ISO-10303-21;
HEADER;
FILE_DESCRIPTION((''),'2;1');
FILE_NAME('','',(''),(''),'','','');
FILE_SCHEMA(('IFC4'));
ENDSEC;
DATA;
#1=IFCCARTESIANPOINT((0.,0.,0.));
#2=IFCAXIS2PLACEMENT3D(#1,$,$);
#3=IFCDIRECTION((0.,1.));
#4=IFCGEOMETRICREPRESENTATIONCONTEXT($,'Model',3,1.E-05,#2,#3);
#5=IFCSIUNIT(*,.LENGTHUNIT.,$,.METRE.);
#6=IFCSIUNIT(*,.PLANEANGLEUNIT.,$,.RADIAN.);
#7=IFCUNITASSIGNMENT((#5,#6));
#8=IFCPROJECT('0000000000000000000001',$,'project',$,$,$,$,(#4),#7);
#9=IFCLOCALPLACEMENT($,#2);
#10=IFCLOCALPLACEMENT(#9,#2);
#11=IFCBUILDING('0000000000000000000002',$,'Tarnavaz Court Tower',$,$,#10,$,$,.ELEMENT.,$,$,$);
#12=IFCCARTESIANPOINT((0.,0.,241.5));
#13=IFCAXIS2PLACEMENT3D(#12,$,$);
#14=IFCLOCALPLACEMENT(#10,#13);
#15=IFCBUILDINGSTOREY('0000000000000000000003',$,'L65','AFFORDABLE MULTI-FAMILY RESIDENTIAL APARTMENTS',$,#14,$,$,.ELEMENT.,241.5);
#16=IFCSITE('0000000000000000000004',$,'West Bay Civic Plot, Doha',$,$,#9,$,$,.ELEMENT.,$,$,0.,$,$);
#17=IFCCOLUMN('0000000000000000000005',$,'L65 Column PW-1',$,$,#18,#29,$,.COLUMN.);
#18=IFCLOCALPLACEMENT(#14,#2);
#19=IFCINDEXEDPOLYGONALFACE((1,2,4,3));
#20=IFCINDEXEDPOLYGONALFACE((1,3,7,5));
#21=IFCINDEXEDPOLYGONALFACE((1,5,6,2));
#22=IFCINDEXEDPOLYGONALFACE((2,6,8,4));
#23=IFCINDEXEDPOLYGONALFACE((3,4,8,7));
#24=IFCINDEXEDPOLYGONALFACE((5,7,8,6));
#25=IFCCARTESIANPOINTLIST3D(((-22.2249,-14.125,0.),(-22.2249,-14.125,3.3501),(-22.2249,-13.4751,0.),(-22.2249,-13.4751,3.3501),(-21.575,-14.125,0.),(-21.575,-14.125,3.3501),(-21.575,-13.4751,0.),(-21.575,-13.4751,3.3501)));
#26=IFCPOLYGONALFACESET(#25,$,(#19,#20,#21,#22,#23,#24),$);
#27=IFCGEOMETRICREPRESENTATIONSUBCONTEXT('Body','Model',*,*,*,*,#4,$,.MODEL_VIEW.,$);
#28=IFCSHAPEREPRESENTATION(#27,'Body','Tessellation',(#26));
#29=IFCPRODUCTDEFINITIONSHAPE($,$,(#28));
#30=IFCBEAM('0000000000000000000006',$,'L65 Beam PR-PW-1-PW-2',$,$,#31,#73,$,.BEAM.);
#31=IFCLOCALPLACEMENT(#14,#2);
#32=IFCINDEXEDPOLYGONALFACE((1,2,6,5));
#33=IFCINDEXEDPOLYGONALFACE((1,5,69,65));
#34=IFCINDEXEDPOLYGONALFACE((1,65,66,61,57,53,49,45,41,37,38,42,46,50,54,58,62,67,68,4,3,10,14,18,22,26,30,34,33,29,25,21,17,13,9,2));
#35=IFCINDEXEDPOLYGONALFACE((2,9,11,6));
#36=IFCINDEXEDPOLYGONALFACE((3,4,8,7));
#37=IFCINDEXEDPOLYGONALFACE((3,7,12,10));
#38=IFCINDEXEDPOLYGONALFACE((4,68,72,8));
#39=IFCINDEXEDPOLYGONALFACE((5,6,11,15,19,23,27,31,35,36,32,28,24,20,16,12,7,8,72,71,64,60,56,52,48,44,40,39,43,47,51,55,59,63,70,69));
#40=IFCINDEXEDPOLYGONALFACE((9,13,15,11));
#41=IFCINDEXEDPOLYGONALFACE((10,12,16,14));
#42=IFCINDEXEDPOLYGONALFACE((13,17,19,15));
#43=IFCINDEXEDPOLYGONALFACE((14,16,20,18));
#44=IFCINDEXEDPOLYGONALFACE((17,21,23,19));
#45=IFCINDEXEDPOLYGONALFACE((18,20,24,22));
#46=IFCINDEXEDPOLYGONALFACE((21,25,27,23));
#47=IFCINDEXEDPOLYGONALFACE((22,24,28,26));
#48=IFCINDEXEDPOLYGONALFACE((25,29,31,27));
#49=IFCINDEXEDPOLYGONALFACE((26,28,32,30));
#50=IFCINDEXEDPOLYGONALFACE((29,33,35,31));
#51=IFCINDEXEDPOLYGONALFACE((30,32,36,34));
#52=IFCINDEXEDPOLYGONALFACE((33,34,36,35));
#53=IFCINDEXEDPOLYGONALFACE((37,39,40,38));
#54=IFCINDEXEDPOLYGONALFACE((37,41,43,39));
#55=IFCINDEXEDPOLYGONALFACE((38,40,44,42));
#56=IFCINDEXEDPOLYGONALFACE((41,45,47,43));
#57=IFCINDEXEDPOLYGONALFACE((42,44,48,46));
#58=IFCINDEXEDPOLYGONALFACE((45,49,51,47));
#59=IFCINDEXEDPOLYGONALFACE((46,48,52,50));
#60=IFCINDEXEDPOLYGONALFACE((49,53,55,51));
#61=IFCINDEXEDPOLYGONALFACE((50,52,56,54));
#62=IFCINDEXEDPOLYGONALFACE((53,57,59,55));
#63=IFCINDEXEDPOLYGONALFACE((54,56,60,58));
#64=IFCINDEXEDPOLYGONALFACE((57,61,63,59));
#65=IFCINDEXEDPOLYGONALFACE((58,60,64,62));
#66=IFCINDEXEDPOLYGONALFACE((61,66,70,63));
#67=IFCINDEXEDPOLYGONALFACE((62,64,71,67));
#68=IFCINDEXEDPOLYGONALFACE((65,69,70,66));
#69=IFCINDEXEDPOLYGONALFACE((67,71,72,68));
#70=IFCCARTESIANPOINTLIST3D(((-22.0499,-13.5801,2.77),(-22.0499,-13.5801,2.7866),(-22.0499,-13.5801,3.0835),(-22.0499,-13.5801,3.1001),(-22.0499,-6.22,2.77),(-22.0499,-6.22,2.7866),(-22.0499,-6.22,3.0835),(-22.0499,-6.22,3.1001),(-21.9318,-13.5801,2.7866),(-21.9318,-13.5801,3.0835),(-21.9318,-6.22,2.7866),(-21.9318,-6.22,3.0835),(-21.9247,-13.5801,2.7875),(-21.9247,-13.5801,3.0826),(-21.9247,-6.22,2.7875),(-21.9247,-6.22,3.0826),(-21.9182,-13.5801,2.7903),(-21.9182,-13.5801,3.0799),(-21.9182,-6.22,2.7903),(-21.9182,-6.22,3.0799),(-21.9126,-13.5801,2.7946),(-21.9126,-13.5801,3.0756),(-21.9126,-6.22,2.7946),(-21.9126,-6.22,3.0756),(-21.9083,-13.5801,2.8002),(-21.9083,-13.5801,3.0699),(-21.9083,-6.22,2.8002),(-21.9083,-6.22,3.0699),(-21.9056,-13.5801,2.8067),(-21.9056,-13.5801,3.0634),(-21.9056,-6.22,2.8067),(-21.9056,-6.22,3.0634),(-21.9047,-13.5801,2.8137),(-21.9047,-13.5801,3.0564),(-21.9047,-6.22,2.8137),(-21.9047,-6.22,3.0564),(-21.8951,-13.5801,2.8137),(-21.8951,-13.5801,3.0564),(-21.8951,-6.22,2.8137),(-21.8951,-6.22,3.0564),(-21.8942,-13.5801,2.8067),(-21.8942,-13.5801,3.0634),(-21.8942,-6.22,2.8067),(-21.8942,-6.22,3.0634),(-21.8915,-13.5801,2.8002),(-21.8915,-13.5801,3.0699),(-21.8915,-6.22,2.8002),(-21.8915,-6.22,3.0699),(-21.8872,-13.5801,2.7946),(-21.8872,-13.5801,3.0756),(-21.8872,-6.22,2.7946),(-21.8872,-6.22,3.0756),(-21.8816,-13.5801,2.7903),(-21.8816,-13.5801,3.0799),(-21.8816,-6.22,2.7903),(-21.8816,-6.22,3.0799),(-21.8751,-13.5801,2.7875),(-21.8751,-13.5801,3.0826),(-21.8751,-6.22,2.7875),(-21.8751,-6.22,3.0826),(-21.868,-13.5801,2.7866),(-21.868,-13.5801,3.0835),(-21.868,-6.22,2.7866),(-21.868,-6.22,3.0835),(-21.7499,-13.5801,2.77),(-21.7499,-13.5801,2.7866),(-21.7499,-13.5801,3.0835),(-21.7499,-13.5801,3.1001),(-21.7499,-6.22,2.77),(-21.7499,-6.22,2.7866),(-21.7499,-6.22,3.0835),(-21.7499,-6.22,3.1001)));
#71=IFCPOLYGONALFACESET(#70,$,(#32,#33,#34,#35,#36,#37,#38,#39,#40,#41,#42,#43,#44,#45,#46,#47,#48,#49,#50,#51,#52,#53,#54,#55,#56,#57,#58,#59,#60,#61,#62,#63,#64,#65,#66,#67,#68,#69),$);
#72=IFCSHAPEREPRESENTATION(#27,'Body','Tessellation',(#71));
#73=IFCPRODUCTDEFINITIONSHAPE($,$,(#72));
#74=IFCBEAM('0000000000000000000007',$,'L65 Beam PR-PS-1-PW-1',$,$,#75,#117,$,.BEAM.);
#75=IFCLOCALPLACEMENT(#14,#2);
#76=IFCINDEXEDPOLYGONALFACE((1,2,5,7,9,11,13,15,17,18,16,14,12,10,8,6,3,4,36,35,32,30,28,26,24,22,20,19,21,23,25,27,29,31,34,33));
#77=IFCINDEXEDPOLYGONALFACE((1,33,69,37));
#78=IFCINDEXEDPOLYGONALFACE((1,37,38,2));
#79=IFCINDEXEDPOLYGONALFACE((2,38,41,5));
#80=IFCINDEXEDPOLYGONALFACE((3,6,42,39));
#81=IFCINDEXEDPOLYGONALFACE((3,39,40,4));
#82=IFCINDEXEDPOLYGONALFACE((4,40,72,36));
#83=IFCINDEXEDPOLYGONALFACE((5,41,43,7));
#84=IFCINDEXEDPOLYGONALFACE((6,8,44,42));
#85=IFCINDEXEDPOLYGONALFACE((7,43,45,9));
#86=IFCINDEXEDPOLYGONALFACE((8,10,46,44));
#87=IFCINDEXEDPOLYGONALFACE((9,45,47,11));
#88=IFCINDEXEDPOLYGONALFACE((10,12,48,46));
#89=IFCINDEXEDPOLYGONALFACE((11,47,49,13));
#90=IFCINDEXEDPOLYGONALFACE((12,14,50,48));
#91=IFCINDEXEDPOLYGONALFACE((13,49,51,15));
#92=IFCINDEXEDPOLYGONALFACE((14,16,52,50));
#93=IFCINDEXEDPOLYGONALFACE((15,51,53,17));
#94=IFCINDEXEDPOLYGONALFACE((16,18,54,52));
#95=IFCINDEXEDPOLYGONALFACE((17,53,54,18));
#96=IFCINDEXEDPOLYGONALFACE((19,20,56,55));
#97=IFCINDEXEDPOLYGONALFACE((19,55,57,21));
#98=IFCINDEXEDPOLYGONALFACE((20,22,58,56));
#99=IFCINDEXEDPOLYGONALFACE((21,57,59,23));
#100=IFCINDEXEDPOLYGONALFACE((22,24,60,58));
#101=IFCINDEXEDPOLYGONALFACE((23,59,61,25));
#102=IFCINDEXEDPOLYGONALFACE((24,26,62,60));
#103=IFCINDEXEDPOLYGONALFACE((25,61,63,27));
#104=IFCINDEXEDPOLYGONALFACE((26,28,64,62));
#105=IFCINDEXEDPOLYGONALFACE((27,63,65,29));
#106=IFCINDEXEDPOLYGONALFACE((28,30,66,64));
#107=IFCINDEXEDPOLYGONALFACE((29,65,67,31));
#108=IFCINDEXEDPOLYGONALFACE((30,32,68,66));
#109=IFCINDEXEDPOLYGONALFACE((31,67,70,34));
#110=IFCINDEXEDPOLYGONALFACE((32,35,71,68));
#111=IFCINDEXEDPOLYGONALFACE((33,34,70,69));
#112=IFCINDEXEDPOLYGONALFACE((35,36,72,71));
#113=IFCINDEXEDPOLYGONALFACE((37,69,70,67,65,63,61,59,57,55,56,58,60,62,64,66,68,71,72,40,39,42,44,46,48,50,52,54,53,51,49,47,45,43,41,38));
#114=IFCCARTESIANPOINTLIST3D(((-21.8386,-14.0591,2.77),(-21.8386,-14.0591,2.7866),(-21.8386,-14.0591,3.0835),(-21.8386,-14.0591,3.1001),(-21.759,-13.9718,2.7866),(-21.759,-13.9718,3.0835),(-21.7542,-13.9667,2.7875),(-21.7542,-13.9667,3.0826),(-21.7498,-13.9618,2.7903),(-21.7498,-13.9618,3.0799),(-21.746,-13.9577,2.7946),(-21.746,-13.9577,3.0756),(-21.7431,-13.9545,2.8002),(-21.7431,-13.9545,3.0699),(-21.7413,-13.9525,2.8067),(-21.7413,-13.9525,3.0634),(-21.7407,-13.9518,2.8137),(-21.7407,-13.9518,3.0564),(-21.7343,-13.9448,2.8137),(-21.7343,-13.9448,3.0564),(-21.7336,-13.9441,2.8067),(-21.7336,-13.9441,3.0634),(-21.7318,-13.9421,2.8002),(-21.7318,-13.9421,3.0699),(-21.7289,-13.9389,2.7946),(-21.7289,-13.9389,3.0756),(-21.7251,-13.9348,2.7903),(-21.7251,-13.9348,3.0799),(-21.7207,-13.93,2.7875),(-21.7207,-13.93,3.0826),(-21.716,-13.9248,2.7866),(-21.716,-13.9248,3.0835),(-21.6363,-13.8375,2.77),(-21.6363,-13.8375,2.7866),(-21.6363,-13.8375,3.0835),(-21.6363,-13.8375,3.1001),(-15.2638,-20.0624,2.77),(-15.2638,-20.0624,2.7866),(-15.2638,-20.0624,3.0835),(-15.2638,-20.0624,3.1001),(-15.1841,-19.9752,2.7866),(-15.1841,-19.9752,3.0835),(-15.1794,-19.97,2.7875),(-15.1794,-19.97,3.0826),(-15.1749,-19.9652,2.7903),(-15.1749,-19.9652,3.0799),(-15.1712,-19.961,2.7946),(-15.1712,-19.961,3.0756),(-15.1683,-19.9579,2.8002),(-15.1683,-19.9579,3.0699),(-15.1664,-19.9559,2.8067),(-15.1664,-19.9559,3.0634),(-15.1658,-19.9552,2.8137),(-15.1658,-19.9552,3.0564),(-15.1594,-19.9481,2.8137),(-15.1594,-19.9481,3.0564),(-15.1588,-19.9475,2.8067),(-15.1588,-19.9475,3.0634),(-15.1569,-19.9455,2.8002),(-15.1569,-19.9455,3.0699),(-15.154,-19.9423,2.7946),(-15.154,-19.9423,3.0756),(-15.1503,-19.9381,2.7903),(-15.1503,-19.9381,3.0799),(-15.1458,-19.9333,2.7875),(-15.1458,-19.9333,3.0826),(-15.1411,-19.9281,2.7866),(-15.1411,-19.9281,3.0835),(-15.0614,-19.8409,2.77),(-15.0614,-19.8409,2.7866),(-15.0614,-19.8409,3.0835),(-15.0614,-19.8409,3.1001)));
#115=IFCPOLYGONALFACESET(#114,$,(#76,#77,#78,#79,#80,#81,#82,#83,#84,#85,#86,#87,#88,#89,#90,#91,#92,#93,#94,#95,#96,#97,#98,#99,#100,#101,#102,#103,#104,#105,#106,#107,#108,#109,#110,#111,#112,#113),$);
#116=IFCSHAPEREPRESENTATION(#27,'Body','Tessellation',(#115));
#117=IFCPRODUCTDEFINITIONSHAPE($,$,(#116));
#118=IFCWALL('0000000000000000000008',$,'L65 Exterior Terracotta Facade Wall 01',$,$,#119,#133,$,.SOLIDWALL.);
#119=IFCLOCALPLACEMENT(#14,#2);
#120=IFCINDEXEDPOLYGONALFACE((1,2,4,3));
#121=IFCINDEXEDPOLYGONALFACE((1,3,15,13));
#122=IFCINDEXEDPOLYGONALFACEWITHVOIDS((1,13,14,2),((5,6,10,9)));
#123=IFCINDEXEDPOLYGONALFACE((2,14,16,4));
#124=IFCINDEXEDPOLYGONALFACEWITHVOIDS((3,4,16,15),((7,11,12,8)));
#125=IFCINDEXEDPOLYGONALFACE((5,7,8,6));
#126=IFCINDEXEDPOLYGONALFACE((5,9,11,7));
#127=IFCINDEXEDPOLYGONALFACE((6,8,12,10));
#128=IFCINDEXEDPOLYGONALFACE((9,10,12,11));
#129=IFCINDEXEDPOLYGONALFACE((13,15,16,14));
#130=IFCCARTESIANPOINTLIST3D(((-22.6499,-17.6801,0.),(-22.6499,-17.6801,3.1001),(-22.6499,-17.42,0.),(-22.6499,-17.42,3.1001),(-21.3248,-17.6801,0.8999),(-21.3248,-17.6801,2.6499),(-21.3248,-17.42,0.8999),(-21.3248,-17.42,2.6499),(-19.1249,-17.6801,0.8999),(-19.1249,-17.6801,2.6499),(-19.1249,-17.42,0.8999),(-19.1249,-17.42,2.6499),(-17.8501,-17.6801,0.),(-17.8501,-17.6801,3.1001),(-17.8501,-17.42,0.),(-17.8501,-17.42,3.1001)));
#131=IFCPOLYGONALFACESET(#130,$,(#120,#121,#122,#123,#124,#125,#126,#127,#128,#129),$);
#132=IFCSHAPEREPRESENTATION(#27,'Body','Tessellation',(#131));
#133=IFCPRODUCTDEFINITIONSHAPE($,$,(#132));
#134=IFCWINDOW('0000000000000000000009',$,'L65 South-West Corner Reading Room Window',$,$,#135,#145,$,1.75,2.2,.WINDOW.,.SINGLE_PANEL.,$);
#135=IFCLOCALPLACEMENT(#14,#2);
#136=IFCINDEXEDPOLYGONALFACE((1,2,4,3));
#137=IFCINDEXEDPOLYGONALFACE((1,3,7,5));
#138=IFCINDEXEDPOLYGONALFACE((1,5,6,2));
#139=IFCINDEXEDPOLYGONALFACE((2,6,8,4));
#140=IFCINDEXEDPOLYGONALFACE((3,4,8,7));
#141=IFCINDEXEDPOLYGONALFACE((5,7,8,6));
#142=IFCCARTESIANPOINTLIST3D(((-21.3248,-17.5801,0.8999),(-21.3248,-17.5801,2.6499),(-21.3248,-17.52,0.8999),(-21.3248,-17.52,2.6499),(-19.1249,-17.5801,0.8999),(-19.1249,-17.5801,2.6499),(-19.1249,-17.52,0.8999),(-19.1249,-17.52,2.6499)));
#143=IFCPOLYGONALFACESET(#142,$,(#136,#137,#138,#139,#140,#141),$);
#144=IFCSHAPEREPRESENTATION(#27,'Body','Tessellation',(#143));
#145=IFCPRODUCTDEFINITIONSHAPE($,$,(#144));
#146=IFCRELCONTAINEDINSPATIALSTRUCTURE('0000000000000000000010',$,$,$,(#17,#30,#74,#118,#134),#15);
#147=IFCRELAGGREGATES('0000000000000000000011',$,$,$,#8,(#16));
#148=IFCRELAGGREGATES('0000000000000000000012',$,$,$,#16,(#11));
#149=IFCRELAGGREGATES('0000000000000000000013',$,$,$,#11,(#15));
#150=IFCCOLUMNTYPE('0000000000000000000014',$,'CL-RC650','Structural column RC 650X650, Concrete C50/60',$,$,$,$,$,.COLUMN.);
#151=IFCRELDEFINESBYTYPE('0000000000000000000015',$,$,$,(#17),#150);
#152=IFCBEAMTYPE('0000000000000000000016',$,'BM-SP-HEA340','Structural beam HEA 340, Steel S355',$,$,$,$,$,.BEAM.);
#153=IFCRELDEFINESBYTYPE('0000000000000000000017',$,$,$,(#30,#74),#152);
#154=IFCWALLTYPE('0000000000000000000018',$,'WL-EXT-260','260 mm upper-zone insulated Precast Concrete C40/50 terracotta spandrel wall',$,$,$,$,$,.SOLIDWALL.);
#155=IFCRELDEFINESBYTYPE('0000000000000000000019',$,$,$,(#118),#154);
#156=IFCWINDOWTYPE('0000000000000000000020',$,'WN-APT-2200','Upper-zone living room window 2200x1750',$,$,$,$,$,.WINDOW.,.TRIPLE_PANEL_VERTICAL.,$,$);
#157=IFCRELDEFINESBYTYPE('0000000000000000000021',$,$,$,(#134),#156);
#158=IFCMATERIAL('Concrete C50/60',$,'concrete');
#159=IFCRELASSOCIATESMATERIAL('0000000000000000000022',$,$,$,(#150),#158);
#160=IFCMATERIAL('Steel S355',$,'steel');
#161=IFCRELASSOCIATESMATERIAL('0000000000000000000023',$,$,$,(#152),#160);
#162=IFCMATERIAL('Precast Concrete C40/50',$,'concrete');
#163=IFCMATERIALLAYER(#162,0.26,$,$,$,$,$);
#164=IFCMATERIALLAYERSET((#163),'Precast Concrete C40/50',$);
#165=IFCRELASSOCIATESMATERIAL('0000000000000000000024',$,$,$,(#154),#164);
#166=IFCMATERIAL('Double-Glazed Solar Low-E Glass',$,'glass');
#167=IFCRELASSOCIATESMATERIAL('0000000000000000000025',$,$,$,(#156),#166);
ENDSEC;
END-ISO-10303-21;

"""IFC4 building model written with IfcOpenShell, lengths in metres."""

from ifc_helpers import new_model, si_unit, direction, frame, frame_2d, origin, origin_2d, place, context, subcontext, project, spatial, rectangle, i_section, extrude, material, layer, layer_set, material_profile, profile_set, type_object, element, fill, save


model = new_model("IFC4")

# Units and contexts
model_context = context("Model", 3, precision=1e-05, world=origin(), true_north=direction((0.0, 1.0)))
body_context = subcontext(model_context, "Body", "Model", "MODEL_VIEW")
ifc_project = project(units=[si_unit("LENGTHUNIT", "METRE"), si_unit("PLANEANGLEUNIT", "RADIAN")], contexts=[model_context])

# Site, building, storey
site_placement = place(None, origin())
site = spatial("IfcSite", under=ifc_project, at=site_placement, Name="West Bay Civic Plot, Doha", CompositionType="ELEMENT", RefElevation=0.0)
building_placement = place(site_placement, origin())
building = spatial("IfcBuilding", under=site, at=building_placement, Name="Tarnavaz Court Tower", CompositionType="ELEMENT")
storey_placement = place(building_placement, frame((0.0, 0.0, 241.5)))
storey = spatial("IfcBuildingStorey", under=building, at=storey_placement, Name="L65", Description="AFFORDABLE MULTI-FAMILY RESIDENTIAL APARTMENTS", CompositionType="ELEMENT", Elevation=241.5)

# Column
ifc_material_1 = material(Name="Concrete C50/60", Category="concrete")
ifc_material_profile_1 = material_profile(ifc_material_1, rectangle(XDim=0.6499, YDim=0.6499, at=origin_2d()), Name="RC 650X650")
ifc_profile_set_1 = profile_set([ifc_material_profile_1], Name="Concrete C50/60")
column_type = type_object("IfcColumnType", Name="CL-RC650", Description="Structural column RC 650X650, Concrete C50/60", PredefinedType="COLUMN", material=ifc_profile_set_1)
column_placement = place(storey_placement, frame((-21.8999, -13.8, 0.0), z_axis=(0.0, 0.0, 1.0), x_axis=(1.0, 0.0, 0.0)))
element("IfcColumn", 1, at=column_placement, inside=storey, type_object=column_type, Name="L65 Column PW-1", PredefinedType="COLUMN", context=body_context, shape_type="SweptSolid", body=[
    extrude(rectangle(XDim=0.6499, YDim=0.6499, at=origin_2d()), origin(), (0.0, 0.0, 1.0), 3.3501),
])

# Beams
ifc_material_2 = material(Name="Steel S355", Category="steel")
ifc_material_profile_2 = material_profile(ifc_material_2, i_section(OverallWidth=0.3, OverallDepth=0.3301, WebThickness=0.0095, FlangeThickness=0.0166, FilletRadius=0.0271, at=origin_2d()), Name="HEA 340")
ifc_profile_set_2 = profile_set([ifc_material_profile_2], Name="Steel S355")
beam_type = type_object("IfcBeamType", Name="BM-SP-HEA340", Description="Structural beam HEA 340, Steel S355", PredefinedType="BEAM", material=ifc_profile_set_2)
beam_1_placement = place(storey_placement, frame((-21.8999, -13.5801, 2.9351), z_axis=(0.0, 1.0, 0.0), x_axis=(-1.0, 0.0, 0.0)))
element("IfcBeam", 2, at=beam_1_placement, inside=storey, type_object=beam_type, Name="L65 Beam PR-PW-1-PW-2", PredefinedType="BEAM", context=body_context, shape_type="SweptSolid", body=[
    extrude(i_section(OverallWidth=0.3, OverallDepth=0.3301, WebThickness=0.0095, FlangeThickness=0.0166, FilletRadius=0.0271, at=origin_2d()), origin(), (0.0, 0.0, 1.0), 7.3601),
])
beam_2_placement = place(storey_placement, frame((-15.1626, -19.9517, 2.9351), z_axis=(-0.738474, 0.674282, 0.0), x_axis=(-0.674282, -0.738474, 0.0)))
element("IfcBeam", 3, at=beam_2_placement, inside=storey, type_object=beam_type, Name="L65 Beam PR-PS-1-PW-1", PredefinedType="BEAM", context=body_context, shape_type="SweptSolid", body=[
    extrude(i_section(OverallWidth=0.3, OverallDepth=0.3301, WebThickness=0.0095, FlangeThickness=0.0166, FilletRadius=0.0271, at=origin_2d()), origin(), (0.0, 0.0, 1.0), 8.9033),
])

# Wall, opening, window
ifc_material_3 = material(Name="Precast Concrete C40/50", Category="concrete")
ifc_layer_1 = layer(ifc_material_3, 0.26)
ifc_layer_set_1 = layer_set([ifc_layer_1], Name="Precast Concrete C40/50")
wall_type_1 = type_object("IfcWallType", Name="WL-EXT-260", Description="260 mm upper-zone insulated Precast Concrete C40/50 terracotta spandrel wall", PredefinedType="SOLIDWALL", material=ifc_layer_set_1)
wall_1_placement = place(storey_placement, frame((-17.8501, -17.55, 0.0), z_axis=(0.0, 0.0, 1.0), x_axis=(-1.0, 0.0, 0.0)))
wall_1 = element("IfcWall", 4, at=wall_1_placement, inside=storey, type_object=wall_type_1, Name="L65 Exterior Terracotta Facade Wall 01", PredefinedType="SOLIDWALL", context=body_context, shape_type="SweptSolid", body=[
    extrude(rectangle(XDim=4.7998, YDim=0.26, at=frame_2d((2.3999, 0.0))), origin(), (0.0, 0.0, 1.0), 3.1001),
])
opening_1_placement = place(wall_1_placement, frame((1.2747, 0.0, 0.8999)))
opening_1 = element("IfcOpeningElement", 5, at=opening_1_placement, cuts=wall_1, PredefinedType="OPENING", context=body_context, shape_type="SweptSolid", body=[
    extrude(rectangle(XDim=2.2, YDim=1.75, at=frame_2d((1.1001, 0.875))), frame((0.0, 0.1399, 0.0), z_axis=(0.0, -1.0, 0.0), x_axis=(1.0, 0.0, 0.0)), (0.0, 0.0, 1.0), 0.28),
])
ifc_material_4 = material(Name="Double-Glazed Solar Low-E Glass", Category="glass")
window_type_1 = type_object("IfcWindowType", Name="WN-APT-2200", Description="Upper-zone living room window 2200x1750", PartitioningType="TRIPLE_PANEL_VERTICAL", PredefinedType="WINDOW", material=ifc_material_4)
window_1_placement = place(opening_1_placement, origin())
window_1 = element("IfcWindow", 6, at=window_1_placement, inside=storey, type_object=window_type_1, Name="L65 South-West Corner Reading Room Window", OverallHeight=1.75, OverallWidth=2.2, PartitioningType="SINGLE_PANEL", PredefinedType="WINDOW", context=body_context, shape_type="SweptSolid", body=[
    extrude(rectangle(XDim=2.2, YDim=1.75, at=frame_2d((1.1001, 0.875))), frame((0.0, 0.03, 0.0), z_axis=(0.0, -1.0, 0.0), x_axis=(1.0, 0.0, 0.0)), (0.0, 0.0, 1.0), 0.0601),
])
fill(opening_1, window_1)

save(model, "model.ifc")
